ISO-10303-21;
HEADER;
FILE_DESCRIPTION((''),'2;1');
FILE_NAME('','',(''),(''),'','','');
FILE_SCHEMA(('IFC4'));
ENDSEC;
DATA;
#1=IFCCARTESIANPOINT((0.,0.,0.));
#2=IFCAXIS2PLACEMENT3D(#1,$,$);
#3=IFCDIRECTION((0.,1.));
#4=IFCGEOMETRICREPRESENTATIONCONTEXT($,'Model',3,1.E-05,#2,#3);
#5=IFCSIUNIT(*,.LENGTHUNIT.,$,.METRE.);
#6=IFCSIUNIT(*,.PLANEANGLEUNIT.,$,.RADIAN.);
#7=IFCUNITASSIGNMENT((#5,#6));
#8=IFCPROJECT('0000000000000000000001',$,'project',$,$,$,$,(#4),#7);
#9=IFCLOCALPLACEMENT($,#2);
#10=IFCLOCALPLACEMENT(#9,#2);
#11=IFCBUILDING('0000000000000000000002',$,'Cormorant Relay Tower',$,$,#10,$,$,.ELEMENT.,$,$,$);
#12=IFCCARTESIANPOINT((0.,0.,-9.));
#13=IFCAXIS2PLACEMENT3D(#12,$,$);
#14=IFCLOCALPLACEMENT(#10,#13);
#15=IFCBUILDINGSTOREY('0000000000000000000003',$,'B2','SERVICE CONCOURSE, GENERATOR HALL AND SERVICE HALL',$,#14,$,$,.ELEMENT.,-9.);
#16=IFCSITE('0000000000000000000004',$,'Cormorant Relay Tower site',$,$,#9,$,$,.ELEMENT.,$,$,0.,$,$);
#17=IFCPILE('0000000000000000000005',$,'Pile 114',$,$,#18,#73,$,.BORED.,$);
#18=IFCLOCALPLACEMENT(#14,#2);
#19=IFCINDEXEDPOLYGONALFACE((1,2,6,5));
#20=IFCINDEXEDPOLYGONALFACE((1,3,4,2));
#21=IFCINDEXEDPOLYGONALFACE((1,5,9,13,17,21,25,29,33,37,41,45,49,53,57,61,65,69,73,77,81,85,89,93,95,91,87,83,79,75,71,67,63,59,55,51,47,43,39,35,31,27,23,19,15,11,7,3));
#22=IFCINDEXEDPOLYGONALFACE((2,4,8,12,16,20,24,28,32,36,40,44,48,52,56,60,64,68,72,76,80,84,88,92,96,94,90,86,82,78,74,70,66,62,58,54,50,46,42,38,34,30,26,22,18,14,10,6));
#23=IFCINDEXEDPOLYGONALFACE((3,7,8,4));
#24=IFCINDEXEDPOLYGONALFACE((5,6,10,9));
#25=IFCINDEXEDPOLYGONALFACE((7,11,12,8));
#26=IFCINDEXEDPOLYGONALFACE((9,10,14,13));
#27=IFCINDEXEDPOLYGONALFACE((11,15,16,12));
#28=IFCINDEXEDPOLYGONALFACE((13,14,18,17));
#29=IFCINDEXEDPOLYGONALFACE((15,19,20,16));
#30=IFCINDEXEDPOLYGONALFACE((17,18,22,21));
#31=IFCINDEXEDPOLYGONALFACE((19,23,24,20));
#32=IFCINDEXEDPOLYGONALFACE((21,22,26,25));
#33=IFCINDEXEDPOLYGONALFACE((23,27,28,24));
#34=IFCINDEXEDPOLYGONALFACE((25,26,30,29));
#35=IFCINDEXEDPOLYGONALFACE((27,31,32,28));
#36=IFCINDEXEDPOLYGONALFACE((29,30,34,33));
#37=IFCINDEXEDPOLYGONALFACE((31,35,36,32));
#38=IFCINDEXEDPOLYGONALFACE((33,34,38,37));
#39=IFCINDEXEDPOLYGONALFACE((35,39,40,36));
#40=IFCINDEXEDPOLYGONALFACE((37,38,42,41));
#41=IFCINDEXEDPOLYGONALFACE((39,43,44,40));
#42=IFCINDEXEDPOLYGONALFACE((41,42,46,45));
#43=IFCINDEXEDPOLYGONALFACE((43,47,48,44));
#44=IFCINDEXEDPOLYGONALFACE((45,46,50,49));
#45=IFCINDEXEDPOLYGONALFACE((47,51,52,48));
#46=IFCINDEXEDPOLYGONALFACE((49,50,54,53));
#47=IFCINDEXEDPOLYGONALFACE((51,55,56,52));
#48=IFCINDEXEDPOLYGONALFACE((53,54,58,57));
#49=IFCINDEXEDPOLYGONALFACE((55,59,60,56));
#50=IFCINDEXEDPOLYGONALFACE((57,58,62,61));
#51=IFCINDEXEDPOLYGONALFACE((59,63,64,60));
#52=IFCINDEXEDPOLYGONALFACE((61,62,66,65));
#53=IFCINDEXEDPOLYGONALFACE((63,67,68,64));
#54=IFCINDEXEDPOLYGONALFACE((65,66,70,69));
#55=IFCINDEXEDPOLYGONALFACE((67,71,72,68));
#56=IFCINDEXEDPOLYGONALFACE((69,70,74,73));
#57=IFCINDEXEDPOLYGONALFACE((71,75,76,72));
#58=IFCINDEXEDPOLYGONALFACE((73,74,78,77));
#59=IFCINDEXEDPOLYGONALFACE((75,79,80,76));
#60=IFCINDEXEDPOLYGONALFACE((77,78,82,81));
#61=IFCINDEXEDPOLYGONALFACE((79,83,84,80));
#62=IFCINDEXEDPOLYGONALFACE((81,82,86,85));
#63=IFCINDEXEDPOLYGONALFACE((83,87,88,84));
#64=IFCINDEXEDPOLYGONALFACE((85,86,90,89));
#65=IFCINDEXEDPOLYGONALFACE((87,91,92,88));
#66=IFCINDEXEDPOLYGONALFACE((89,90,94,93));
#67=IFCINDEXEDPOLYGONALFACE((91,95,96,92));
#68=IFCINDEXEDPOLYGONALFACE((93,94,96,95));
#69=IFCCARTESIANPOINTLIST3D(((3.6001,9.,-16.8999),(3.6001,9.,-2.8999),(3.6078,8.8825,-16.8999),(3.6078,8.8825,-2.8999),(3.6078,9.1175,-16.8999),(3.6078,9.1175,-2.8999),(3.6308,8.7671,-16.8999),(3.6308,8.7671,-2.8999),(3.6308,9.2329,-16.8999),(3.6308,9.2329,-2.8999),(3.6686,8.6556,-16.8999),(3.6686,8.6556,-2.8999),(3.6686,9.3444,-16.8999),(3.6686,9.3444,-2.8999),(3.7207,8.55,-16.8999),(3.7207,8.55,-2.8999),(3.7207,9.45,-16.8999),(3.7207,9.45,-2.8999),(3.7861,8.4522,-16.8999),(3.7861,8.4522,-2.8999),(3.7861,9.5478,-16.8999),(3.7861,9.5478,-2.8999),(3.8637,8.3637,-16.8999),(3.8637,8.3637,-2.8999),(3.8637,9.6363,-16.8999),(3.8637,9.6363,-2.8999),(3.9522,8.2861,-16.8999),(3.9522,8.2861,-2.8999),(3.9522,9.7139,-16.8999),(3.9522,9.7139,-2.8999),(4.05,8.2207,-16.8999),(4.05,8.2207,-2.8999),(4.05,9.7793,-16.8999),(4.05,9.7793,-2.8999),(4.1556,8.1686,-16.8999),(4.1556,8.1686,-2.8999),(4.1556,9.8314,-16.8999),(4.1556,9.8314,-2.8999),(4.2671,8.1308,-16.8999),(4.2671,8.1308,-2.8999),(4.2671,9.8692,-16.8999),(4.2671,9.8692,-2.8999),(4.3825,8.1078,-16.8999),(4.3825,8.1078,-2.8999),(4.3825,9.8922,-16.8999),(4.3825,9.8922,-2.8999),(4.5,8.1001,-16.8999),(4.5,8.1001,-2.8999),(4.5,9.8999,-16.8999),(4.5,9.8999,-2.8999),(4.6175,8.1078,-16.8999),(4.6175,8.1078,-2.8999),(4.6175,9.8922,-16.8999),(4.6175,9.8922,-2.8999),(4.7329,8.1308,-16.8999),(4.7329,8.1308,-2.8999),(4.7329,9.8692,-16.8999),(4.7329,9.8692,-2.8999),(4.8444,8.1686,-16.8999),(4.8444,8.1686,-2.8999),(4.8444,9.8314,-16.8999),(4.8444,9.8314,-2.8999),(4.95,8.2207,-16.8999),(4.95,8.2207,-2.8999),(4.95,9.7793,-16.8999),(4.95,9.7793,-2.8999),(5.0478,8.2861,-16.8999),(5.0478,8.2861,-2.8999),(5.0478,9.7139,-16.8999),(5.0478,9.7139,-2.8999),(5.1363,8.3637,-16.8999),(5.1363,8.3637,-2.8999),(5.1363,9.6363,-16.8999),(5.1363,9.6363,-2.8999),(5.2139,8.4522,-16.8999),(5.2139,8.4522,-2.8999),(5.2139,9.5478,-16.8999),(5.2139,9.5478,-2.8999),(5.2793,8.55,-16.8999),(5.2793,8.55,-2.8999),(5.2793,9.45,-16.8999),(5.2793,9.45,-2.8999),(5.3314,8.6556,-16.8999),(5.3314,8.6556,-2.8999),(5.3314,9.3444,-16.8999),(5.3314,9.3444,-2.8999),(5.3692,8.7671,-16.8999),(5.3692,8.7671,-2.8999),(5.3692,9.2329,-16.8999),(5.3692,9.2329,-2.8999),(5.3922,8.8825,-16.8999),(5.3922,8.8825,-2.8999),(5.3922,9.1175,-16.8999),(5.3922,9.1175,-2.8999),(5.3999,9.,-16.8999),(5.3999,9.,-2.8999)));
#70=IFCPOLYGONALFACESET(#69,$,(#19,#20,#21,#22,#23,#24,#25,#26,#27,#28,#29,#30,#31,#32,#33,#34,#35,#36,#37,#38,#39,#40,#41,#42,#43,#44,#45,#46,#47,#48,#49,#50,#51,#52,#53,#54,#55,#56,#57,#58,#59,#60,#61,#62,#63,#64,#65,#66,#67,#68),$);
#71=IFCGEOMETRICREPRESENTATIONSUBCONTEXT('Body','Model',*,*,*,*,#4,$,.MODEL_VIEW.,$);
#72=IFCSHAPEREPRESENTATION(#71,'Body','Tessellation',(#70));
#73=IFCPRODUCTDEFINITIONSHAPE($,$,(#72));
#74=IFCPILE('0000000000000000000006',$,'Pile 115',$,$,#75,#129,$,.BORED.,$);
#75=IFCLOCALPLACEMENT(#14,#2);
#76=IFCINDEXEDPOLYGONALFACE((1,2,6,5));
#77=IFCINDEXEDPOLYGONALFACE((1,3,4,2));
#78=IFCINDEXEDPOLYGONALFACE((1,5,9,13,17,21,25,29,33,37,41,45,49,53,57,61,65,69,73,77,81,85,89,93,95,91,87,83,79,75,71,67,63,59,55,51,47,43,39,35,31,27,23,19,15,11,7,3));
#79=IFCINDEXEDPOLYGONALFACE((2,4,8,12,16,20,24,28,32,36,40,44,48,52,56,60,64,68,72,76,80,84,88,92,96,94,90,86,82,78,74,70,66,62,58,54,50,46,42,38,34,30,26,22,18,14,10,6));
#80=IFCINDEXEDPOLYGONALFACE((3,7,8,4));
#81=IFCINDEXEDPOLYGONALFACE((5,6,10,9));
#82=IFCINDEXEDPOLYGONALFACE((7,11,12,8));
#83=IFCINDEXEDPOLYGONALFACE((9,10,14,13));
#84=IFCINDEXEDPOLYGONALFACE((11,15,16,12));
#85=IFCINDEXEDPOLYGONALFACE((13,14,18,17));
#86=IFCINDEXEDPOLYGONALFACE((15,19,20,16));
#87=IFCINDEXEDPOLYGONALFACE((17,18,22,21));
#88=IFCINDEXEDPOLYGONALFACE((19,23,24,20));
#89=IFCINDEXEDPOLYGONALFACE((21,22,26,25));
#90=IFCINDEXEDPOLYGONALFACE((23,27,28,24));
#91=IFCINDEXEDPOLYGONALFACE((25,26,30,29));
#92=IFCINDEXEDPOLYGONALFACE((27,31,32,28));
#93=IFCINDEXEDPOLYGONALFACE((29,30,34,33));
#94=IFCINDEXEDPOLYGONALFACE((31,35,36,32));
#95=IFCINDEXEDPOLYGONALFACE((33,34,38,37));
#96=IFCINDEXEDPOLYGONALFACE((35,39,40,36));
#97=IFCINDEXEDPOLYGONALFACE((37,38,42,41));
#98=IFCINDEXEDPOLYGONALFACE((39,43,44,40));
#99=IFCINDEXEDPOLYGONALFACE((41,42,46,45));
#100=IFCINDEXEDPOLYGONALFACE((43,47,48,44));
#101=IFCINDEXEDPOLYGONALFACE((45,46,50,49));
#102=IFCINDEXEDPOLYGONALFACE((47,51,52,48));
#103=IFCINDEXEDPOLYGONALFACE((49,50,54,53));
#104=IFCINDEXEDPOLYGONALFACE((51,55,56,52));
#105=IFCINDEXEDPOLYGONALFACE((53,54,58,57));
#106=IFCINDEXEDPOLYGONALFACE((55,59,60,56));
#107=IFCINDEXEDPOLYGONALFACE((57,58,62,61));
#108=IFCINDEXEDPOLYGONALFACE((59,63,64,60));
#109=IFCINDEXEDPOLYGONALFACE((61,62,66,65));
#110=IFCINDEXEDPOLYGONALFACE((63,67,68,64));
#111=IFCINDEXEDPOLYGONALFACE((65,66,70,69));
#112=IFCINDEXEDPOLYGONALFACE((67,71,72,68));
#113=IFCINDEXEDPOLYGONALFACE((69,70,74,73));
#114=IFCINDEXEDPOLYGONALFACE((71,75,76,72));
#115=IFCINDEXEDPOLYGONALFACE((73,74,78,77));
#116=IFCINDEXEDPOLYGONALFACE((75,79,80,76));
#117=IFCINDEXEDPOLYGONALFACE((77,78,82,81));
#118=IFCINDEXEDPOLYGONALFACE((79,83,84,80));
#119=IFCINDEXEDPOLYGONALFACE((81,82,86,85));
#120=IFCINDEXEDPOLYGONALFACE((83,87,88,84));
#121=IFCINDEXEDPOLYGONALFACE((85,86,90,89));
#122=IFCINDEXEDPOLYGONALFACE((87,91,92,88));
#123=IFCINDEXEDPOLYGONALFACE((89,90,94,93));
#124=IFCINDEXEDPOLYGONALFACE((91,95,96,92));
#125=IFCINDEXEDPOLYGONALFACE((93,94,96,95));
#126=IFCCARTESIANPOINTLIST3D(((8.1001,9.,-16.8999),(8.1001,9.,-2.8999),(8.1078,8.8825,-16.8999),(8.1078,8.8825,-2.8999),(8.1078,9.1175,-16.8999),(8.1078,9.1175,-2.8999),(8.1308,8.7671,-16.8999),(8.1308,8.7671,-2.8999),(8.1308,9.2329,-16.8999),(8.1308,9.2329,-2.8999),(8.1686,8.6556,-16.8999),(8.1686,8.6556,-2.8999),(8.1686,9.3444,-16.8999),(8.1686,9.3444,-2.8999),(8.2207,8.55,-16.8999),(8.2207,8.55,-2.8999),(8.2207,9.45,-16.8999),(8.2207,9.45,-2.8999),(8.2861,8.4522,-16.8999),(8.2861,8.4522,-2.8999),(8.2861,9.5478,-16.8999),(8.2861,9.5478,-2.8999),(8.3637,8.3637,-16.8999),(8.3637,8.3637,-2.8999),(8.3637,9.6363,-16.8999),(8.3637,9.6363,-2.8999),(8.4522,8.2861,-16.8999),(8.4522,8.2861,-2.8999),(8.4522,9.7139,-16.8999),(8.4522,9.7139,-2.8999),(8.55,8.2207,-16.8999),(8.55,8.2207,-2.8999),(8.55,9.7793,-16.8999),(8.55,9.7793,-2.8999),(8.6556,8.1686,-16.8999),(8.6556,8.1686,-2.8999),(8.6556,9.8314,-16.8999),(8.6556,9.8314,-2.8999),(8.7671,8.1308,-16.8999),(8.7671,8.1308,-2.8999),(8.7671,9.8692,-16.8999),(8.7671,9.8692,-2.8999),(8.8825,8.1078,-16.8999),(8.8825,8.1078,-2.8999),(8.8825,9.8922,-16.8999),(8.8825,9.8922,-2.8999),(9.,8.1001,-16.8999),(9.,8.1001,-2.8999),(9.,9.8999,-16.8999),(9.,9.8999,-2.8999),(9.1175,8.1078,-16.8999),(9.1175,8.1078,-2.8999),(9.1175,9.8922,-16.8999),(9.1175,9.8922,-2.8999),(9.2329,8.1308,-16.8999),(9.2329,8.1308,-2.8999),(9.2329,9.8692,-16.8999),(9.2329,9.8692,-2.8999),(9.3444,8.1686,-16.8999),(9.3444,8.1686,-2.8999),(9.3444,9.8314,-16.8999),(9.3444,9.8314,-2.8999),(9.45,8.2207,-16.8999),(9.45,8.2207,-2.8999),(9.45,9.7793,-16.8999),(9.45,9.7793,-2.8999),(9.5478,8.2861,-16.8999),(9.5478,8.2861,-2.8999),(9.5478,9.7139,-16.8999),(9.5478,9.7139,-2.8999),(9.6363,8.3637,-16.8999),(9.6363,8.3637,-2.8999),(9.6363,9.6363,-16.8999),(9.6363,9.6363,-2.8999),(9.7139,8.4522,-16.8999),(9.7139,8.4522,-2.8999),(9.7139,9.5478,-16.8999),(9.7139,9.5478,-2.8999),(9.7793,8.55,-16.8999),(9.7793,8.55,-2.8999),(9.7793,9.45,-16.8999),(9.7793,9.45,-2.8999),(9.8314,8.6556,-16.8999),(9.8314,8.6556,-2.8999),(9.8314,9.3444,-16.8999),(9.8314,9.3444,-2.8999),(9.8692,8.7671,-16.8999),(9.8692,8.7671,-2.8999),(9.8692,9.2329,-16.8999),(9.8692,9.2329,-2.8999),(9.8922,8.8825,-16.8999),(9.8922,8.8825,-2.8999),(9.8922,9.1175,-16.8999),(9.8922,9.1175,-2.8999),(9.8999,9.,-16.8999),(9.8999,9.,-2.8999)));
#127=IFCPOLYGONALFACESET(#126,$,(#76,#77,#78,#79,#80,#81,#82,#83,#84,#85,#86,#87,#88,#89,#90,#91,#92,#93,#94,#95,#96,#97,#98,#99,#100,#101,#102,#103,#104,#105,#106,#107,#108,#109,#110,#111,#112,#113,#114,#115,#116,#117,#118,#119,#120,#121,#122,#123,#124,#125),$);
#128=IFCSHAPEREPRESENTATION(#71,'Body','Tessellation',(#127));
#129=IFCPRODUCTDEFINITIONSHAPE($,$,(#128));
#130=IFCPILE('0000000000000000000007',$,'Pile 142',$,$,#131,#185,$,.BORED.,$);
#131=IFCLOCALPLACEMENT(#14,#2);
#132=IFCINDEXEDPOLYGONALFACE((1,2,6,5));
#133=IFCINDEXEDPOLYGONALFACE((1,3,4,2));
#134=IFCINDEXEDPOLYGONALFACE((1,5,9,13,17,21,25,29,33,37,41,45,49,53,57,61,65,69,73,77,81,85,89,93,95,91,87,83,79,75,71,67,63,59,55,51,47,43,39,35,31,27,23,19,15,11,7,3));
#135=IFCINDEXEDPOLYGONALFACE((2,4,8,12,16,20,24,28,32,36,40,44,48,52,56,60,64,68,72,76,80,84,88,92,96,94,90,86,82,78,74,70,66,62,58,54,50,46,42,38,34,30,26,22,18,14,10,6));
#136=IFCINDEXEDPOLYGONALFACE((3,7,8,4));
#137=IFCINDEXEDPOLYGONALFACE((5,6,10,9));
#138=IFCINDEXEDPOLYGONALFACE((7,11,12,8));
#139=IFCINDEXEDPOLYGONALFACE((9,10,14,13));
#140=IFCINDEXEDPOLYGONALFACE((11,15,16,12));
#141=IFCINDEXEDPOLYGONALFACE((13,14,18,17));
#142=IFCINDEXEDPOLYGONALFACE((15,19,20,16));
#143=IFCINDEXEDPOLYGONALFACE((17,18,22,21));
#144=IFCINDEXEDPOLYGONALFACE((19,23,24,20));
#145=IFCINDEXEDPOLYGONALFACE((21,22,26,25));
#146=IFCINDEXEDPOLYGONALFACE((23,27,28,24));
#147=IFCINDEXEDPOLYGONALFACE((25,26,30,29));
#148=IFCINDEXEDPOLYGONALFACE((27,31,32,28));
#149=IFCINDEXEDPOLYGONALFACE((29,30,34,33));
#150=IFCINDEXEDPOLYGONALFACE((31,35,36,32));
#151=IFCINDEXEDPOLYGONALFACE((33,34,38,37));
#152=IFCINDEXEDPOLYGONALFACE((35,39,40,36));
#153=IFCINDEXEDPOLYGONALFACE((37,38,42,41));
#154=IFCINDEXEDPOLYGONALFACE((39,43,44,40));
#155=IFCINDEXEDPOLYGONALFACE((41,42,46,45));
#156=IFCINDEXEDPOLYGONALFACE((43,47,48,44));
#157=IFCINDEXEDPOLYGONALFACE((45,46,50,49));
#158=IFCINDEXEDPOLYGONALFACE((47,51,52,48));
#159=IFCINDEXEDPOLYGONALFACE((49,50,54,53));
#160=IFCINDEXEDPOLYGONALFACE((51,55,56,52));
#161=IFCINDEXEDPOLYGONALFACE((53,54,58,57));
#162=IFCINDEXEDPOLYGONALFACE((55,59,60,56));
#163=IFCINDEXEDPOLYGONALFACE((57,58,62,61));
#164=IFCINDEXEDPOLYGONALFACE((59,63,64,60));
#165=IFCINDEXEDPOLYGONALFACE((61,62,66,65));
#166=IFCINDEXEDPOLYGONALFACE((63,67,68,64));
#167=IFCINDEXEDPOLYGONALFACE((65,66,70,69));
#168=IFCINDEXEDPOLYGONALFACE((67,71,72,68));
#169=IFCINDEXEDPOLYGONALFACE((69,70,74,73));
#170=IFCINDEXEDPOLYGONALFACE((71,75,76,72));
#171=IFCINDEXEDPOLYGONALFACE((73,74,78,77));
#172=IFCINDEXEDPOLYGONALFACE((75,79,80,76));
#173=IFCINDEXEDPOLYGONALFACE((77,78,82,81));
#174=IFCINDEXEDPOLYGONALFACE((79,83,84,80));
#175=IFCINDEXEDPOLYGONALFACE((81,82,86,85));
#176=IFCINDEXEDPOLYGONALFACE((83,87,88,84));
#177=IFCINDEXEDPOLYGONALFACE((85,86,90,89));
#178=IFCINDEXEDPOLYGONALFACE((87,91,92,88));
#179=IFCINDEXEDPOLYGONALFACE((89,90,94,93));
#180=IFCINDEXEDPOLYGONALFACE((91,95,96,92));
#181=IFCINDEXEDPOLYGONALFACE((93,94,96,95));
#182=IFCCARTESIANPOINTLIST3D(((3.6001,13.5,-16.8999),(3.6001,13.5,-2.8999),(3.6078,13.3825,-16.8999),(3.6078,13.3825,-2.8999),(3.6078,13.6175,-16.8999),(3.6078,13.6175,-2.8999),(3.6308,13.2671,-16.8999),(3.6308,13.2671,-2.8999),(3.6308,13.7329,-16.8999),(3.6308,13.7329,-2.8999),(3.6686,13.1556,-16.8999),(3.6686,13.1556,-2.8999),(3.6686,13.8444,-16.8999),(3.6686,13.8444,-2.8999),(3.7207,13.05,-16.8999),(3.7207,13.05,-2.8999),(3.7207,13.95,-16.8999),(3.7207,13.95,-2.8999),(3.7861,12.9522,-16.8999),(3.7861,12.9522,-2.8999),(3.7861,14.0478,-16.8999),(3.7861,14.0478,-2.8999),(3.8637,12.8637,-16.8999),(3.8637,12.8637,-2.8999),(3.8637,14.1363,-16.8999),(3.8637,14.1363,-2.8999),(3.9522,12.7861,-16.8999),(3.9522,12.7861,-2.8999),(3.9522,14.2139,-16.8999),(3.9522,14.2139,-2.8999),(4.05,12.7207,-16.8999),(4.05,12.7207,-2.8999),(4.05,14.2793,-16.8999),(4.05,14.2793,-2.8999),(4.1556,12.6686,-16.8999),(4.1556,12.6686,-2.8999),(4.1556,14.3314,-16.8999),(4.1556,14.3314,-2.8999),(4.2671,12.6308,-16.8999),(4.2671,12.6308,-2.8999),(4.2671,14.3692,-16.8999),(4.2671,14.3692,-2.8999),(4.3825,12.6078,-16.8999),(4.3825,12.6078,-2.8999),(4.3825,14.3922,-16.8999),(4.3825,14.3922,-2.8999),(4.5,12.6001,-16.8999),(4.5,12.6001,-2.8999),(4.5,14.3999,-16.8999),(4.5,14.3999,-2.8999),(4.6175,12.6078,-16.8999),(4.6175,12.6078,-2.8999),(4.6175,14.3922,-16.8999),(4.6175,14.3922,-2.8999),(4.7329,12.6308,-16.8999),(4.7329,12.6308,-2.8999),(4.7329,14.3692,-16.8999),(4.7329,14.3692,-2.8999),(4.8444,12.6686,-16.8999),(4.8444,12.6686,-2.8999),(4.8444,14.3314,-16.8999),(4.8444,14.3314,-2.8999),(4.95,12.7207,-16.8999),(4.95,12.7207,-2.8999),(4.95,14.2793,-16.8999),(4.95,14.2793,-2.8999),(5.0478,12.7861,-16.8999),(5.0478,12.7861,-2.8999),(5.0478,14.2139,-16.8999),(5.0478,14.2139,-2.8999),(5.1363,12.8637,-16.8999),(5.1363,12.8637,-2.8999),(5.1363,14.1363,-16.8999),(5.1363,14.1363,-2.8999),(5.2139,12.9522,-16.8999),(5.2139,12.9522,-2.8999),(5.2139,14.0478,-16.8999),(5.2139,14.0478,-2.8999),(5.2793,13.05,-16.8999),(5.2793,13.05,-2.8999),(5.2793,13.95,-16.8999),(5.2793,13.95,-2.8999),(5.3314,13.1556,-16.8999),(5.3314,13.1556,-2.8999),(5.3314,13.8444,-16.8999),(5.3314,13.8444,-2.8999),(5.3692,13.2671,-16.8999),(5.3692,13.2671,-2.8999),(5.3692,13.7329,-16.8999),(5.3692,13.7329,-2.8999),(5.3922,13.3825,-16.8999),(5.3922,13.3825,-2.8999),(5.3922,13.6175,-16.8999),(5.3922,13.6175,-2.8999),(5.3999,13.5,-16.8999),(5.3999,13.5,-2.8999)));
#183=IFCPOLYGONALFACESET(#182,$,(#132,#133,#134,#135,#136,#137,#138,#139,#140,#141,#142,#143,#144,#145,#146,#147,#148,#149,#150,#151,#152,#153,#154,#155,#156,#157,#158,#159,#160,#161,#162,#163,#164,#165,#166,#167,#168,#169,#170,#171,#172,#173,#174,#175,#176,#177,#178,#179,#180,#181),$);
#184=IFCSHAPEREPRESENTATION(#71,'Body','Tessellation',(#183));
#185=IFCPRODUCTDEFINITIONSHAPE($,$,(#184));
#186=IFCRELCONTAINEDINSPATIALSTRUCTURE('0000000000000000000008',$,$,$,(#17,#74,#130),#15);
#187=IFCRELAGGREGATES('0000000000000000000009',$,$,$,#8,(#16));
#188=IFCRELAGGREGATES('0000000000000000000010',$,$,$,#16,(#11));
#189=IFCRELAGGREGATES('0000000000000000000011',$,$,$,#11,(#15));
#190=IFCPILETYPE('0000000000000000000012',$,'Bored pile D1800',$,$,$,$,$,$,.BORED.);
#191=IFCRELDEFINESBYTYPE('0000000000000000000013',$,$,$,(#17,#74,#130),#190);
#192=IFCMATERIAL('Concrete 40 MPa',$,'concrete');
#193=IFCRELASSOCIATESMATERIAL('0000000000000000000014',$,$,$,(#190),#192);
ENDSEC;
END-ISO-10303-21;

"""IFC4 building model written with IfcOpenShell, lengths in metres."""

from ifc_helpers import new_model, si_unit, direction, frame, origin, origin_2d, place, context, subcontext, project, spatial, circle, extrude, material, material_profile, profile_set, type_object, element, save


model = new_model("IFC4")

# Units and contexts
model_context = context("Model", 3, precision=1e-05, world=origin(), true_north=direction((0.0, 1.0)))
body_context = subcontext(model_context, "Body", "Model", "MODEL_VIEW")
ifc_project = project(units=[si_unit("LENGTHUNIT", "METRE"), si_unit("PLANEANGLEUNIT", "RADIAN")], contexts=[model_context])

# Site, building, storey
site_placement = place(None, origin())
site = spatial("IfcSite", under=ifc_project, at=site_placement, Name="Cormorant Relay Tower site", CompositionType="ELEMENT", RefElevation=0.0)
building_placement = place(site_placement, origin())
building = spatial("IfcBuilding", under=site, at=building_placement, Name="Cormorant Relay Tower", CompositionType="ELEMENT")
storey_placement = place(building_placement, frame((0.0, 0.0, -9.0)))
storey = spatial("IfcBuildingStorey", under=building, at=storey_placement, Name="B2", Description="SERVICE CONCOURSE, GENERATOR HALL AND SERVICE HALL", CompositionType="ELEMENT", Elevation=-9.0)

# Piles
ifc_material_1 = material(Name="Concrete 40 MPa", Category="concrete")
ifc_material_profile_1 = material_profile(ifc_material_1, circle(Radius=0.8999, at=origin_2d()), Name="BP1800")
ifc_profile_set_1 = profile_set([ifc_material_profile_1], Name="Concrete 40 MPa")
pile_type = type_object("IfcPileType", Name="Bored pile D1800", PredefinedType="BORED", material=ifc_profile_set_1)
for number, where, z_axis, x_axis, name in (
    (1, (4.5, 9.0, -2.8999), (0.0, 0.0, -1.0), (1.0, 0.0, 0.0), "Pile 114"),
    (2, (9.0, 9.0, -2.8999), (0.0, 0.0, -1.0), (1.0, 0.0, 0.0), "Pile 115"),
    (3, (4.5, 13.5, -2.8999), (0.0, 0.0, -1.0), (1.0, 0.0, 0.0), "Pile 142"),
):
    element("IfcPile", number, at=place(storey_placement, frame(where, z_axis=z_axis, x_axis=x_axis)), inside=storey, type_object=pile_type, Name=name, PredefinedType="BORED", context=body_context, shape_type="SweptSolid", body=[
        extrude(circle(Radius=0.8999, at=origin_2d()), origin(), (0.0, 0.0, 1.0), 14.0),
    ])

save(model, "model.ifc")
